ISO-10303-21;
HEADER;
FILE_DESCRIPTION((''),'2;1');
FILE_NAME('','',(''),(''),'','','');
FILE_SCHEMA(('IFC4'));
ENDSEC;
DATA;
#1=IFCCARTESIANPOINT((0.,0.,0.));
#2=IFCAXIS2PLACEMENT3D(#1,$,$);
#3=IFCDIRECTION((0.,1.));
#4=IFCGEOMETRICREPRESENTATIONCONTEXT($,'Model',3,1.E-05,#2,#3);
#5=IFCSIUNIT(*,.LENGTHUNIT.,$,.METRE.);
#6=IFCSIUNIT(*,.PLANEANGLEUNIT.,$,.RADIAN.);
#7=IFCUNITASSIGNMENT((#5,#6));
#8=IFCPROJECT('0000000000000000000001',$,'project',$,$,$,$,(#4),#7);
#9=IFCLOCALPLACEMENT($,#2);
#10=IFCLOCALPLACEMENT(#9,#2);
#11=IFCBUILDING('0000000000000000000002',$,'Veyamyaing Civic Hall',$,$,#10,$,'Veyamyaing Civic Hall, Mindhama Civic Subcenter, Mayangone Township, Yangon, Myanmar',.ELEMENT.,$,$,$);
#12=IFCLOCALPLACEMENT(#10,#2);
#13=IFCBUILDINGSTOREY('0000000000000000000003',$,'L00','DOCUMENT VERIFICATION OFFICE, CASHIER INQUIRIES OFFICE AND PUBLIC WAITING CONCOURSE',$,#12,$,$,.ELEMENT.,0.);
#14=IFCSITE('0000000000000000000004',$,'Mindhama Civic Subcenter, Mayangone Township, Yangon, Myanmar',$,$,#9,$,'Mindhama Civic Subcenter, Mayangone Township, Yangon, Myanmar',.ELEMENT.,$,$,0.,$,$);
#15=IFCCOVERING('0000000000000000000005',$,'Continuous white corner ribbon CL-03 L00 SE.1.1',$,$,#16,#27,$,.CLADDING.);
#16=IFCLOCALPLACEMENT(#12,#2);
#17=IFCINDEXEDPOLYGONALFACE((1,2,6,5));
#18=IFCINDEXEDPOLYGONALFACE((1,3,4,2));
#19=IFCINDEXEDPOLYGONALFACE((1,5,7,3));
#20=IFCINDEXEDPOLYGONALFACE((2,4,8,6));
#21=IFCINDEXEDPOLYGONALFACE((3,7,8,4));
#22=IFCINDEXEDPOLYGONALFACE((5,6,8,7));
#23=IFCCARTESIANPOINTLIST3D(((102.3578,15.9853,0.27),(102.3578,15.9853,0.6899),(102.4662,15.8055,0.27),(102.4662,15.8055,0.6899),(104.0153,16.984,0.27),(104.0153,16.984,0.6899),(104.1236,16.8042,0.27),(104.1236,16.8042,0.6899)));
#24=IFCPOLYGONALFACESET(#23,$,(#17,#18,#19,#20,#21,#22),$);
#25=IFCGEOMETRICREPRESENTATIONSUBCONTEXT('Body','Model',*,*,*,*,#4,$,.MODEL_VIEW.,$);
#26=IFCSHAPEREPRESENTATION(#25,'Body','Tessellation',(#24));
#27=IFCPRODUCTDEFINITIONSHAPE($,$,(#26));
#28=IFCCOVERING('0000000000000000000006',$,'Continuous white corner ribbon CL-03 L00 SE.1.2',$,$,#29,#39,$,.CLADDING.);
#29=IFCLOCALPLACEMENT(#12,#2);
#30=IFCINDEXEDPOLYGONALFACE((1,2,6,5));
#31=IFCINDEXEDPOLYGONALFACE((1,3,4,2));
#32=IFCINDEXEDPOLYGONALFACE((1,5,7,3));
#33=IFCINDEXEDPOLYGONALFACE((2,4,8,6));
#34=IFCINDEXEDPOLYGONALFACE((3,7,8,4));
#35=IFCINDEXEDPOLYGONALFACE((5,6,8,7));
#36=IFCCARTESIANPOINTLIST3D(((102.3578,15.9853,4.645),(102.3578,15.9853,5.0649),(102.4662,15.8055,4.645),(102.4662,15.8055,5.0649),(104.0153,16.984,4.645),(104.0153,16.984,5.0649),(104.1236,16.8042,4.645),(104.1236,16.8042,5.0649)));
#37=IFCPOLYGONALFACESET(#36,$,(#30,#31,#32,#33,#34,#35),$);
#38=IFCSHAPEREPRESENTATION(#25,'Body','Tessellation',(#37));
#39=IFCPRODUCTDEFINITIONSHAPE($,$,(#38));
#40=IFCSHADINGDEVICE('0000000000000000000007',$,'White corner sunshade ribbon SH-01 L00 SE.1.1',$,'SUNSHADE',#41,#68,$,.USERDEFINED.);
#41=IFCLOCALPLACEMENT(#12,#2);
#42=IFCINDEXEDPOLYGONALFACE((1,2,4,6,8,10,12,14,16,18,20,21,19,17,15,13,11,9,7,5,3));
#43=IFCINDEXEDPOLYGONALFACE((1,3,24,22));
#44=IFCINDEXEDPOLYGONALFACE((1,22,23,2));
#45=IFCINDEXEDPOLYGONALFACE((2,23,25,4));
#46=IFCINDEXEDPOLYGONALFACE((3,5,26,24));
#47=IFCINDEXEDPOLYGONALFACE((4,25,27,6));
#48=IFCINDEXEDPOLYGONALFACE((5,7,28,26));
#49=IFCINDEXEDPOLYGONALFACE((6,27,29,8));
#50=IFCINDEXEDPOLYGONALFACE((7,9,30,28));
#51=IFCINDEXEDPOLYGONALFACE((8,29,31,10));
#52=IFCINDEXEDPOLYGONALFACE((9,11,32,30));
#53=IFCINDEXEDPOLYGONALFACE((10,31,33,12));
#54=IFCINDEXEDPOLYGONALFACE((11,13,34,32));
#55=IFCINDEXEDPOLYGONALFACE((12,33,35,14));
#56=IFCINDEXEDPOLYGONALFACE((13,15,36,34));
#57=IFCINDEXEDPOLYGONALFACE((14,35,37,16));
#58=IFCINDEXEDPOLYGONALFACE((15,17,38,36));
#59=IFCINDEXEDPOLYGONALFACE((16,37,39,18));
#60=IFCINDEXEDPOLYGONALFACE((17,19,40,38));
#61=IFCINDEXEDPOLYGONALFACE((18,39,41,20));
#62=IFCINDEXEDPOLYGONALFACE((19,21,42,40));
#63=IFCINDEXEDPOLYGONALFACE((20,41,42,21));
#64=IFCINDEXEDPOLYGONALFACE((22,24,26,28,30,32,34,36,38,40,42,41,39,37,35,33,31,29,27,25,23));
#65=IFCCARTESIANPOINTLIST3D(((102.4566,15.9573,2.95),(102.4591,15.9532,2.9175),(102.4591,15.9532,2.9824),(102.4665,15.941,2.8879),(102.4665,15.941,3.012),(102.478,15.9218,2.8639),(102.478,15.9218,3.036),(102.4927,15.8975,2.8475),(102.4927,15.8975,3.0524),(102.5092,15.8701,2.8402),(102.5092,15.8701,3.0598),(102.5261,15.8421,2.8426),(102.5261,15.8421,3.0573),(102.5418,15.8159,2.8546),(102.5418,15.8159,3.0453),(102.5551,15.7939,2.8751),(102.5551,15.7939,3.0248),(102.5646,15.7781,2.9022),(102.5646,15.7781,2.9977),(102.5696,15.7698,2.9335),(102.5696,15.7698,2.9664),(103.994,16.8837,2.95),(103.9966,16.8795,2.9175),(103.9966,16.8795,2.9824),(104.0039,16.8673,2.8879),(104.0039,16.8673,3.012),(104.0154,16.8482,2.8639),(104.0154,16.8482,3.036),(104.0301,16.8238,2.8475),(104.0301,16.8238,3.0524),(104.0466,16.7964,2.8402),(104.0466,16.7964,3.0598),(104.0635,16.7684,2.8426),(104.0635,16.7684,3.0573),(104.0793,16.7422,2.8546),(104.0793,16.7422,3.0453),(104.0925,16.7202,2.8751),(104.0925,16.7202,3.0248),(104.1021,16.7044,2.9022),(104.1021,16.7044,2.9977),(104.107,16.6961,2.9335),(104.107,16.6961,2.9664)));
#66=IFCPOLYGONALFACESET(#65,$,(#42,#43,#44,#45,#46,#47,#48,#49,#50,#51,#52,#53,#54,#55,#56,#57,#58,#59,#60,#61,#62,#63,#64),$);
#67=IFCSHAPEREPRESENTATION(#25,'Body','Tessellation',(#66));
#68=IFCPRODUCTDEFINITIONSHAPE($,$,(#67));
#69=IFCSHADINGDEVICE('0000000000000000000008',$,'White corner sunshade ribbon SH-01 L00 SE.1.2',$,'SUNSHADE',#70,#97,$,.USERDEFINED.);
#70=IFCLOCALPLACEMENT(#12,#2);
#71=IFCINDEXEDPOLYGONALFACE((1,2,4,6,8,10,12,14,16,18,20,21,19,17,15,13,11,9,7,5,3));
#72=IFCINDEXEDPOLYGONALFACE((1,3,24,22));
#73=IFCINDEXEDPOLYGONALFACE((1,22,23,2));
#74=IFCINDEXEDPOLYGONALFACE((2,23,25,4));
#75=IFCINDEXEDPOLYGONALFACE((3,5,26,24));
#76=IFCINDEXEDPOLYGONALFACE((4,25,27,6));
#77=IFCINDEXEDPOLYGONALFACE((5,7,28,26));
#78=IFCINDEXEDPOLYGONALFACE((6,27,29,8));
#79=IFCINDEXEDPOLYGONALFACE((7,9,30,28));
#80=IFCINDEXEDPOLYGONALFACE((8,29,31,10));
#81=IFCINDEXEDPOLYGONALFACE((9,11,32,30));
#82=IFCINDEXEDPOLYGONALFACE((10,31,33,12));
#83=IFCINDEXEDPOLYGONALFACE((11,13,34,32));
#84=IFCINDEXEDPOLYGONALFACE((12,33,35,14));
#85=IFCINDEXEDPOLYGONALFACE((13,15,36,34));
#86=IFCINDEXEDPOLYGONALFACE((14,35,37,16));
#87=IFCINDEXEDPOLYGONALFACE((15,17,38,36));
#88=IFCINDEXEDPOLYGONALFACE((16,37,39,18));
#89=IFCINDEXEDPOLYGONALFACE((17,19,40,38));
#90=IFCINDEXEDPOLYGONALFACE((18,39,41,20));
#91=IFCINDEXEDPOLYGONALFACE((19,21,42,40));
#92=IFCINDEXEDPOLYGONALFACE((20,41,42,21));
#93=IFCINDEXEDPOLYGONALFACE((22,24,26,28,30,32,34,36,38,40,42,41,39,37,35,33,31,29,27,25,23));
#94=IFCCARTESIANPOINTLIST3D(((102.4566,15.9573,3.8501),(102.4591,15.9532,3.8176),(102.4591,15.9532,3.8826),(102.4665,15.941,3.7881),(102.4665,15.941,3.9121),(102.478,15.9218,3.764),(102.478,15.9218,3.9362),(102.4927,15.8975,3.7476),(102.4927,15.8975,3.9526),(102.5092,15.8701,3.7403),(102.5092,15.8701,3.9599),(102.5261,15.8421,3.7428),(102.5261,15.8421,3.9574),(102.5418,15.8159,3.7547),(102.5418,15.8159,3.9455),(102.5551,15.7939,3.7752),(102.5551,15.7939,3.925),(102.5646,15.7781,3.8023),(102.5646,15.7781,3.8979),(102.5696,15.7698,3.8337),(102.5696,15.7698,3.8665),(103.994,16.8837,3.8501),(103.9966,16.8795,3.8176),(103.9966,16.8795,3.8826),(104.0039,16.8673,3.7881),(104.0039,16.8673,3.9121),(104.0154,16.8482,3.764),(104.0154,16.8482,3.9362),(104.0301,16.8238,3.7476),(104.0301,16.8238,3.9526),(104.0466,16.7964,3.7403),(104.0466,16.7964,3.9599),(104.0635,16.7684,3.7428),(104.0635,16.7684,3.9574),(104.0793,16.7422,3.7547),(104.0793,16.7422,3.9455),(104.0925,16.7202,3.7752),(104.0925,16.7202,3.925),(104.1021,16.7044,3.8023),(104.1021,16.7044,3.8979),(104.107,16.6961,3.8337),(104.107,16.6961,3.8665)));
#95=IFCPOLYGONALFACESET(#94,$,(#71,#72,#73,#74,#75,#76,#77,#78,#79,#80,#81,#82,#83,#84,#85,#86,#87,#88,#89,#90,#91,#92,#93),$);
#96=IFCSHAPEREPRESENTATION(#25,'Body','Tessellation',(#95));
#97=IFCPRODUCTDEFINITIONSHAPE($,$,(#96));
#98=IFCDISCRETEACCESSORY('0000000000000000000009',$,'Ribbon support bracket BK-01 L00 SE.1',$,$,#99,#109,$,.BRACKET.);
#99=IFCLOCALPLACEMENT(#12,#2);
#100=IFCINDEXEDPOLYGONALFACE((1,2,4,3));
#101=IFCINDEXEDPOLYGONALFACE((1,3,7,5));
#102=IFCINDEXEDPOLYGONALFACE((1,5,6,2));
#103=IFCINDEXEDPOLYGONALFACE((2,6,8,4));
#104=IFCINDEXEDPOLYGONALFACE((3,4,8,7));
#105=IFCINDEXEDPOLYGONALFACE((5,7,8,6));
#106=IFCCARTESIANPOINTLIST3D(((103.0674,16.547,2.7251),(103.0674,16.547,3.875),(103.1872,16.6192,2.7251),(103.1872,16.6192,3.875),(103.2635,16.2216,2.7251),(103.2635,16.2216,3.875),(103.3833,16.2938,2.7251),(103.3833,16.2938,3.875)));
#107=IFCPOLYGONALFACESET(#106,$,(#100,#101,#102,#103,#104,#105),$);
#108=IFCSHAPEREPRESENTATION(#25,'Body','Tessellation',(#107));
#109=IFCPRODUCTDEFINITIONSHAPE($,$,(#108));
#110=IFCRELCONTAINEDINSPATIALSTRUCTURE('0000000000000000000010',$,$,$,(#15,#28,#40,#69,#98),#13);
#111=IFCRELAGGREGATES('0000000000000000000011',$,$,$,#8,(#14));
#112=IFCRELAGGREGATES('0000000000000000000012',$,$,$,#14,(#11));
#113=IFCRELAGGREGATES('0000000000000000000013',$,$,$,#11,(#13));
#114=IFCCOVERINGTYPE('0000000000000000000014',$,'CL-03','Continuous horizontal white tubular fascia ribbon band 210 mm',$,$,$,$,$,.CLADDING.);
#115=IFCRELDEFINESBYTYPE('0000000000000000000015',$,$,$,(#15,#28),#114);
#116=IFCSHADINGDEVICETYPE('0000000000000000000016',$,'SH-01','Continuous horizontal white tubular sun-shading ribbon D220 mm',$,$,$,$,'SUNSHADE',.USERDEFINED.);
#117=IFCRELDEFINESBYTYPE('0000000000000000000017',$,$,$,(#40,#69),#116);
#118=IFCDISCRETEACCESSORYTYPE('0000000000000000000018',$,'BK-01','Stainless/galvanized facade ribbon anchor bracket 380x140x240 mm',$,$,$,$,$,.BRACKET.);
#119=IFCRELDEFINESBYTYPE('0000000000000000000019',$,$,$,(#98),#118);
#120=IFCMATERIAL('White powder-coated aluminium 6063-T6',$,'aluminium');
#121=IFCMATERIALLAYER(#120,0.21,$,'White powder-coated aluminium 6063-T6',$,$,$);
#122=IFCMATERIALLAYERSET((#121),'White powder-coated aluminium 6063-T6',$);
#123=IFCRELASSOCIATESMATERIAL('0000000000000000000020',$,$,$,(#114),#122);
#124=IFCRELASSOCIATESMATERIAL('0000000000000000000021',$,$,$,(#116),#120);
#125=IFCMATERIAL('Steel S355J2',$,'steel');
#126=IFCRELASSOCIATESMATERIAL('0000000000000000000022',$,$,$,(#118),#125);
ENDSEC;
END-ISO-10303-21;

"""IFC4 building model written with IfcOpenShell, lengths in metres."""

from ifc_helpers import new_model, si_unit, direction, frame, origin, origin_2d, place, context, subcontext, project, spatial, rectangle, circle, extrude, material, layer, layer_set, material_profile, profile_set, type_object, element, save


model = new_model("IFC4")

# Units and contexts
model_context = context("Model", 3, precision=1e-05, world=origin(), true_north=direction((0.0, 1.0)))
body_context = subcontext(model_context, "Body", "Model", "MODEL_VIEW")
ifc_project = project(units=[si_unit("LENGTHUNIT", "METRE"), si_unit("PLANEANGLEUNIT", "RADIAN")], contexts=[model_context])

# Site, building, storey
site_placement = place(None, origin())
site = spatial("IfcSite", under=ifc_project, at=site_placement, Name="Mindhama Civic Subcenter, Mayangone Township, Yangon, Myanmar", LongName="Mindhama Civic Subcenter, Mayangone Township, Yangon, Myanmar", CompositionType="ELEMENT", RefElevation=0.0)
building_placement = place(site_placement, origin())
building = spatial("IfcBuilding", under=site, at=building_placement, Name="Veyamyaing Civic Hall", LongName="Veyamyaing Civic Hall, Mindhama Civic Subcenter, Mayangone Township, Yangon, Myanmar", CompositionType="ELEMENT")
storey_placement = place(building_placement, origin())
storey = spatial("IfcBuildingStorey", under=building, at=storey_placement, Name="L00", Description="DOCUMENT VERIFICATION OFFICE, CASHIER INQUIRIES OFFICE AND PUBLIC WAITING CONCOURSE", CompositionType="ELEMENT", Elevation=0.0)

# Shared definitions
ifc_material_1 = material(Name="Steel S355J2", Category="steel")

# Coverings
ifc_material_2 = material(Name="White powder-coated aluminium 6063-T6", Category="aluminium")
ifc_layer_1 = layer(ifc_material_2, 0.21, Name="White powder-coated aluminium 6063-T6")
ifc_layer_set_1 = layer_set([ifc_layer_1], Name="White powder-coated aluminium 6063-T6")
covering_type = type_object("IfcCoveringType", Name="CL-03", Description="Continuous horizontal white tubular fascia ribbon band 210 mm", PredefinedType="CLADDING", material=ifc_layer_set_1)
for number, where, z_axis, x_axis, name in (
    (1, (103.2407, 16.3948, 0.27), (0.0, 0.0, 1.0), (0.856524, 0.516107, 0.0), "Continuous white corner ribbon CL-03 L00 SE.1.1"),
    (2, (103.2407, 16.3948, 4.645), (0.0, 0.0, 1.0), (0.856524, 0.516107, 0.0), "Continuous white corner ribbon CL-03 L00 SE.1.2"),
):
    element("IfcCovering", number, at=place(storey_placement, frame(where, z_axis=z_axis, x_axis=x_axis)), inside=storey, type_object=covering_type, Name=name, PredefinedType="CLADDING", context=body_context, shape_type="SweptSolid", body=[
        extrude(rectangle(XDim=1.9351, YDim=0.21, at=origin_2d()), origin(), (0.0, 0.0, 1.0), 0.4199),
    ])

# Shading devices
ifc_material_profile_1 = material_profile(ifc_material_2, circle(Radius=0.1101, at=origin_2d()), Name="SHADE-TUBE-220")
ifc_profile_set_1 = profile_set([ifc_material_profile_1], Name="White powder-coated aluminium 6063-T6")
shading_device_type = type_object("IfcShadingDeviceType", Name="SH-01", Description="Continuous horizontal white tubular sun-shading ribbon D220 mm", ElementType="SUNSHADE", PredefinedType="USERDEFINED", material=ifc_profile_set_1)
for number, where, z_axis, x_axis, name in (
    (3, (102.5134, 15.863, 2.95), (0.856543, 0.516075, 0.0), (-0.516075, 0.856543, 0.0), "White corner sunshade ribbon SH-01 L00 SE.1.1"),
    (4, (102.5134, 15.863, 3.8501), (0.856543, 0.516075, 0.0), (-0.516075, 0.856543, 0.0), "White corner sunshade ribbon SH-01 L00 SE.1.2"),
):
    element("IfcShadingDevice", number, at=place(storey_placement, frame(where, z_axis=z_axis, x_axis=x_axis)), inside=storey, type_object=shading_device_type, Name=name, ObjectType="SUNSHADE", PredefinedType="USERDEFINED", context=body_context, shape_type="SweptSolid", body=[
        extrude(circle(Radius=0.1101, at=origin_2d()), origin(), (0.0, 0.0, 1.0), 1.7949),
    ])

# Discrete accessory
discrete_accessory_type = type_object("IfcDiscreteAccessoryType", Name="BK-01", Description="Stainless/galvanized facade ribbon anchor bracket 380x140x240 mm", PredefinedType="BRACKET", material=ifc_material_1)
discrete_accessory_placement = place(storey_placement, frame((103.2253, 16.4204, 2.7251), z_axis=(0.0, 0.0, 1.0), x_axis=(0.516106, -0.856525, 0.0)))
element("IfcDiscreteAccessory", 5, at=discrete_accessory_placement, inside=storey, type_object=discrete_accessory_type, Name="Ribbon support bracket BK-01 L00 SE.1", PredefinedType="BRACKET", context=body_context, shape_type="SweptSolid", body=[
    extrude(rectangle(XDim=0.3799, YDim=0.1399, at=origin_2d()), origin(), (0.0, 0.0, 1.0), 1.1499),
])

save(model, "model.ifc")
